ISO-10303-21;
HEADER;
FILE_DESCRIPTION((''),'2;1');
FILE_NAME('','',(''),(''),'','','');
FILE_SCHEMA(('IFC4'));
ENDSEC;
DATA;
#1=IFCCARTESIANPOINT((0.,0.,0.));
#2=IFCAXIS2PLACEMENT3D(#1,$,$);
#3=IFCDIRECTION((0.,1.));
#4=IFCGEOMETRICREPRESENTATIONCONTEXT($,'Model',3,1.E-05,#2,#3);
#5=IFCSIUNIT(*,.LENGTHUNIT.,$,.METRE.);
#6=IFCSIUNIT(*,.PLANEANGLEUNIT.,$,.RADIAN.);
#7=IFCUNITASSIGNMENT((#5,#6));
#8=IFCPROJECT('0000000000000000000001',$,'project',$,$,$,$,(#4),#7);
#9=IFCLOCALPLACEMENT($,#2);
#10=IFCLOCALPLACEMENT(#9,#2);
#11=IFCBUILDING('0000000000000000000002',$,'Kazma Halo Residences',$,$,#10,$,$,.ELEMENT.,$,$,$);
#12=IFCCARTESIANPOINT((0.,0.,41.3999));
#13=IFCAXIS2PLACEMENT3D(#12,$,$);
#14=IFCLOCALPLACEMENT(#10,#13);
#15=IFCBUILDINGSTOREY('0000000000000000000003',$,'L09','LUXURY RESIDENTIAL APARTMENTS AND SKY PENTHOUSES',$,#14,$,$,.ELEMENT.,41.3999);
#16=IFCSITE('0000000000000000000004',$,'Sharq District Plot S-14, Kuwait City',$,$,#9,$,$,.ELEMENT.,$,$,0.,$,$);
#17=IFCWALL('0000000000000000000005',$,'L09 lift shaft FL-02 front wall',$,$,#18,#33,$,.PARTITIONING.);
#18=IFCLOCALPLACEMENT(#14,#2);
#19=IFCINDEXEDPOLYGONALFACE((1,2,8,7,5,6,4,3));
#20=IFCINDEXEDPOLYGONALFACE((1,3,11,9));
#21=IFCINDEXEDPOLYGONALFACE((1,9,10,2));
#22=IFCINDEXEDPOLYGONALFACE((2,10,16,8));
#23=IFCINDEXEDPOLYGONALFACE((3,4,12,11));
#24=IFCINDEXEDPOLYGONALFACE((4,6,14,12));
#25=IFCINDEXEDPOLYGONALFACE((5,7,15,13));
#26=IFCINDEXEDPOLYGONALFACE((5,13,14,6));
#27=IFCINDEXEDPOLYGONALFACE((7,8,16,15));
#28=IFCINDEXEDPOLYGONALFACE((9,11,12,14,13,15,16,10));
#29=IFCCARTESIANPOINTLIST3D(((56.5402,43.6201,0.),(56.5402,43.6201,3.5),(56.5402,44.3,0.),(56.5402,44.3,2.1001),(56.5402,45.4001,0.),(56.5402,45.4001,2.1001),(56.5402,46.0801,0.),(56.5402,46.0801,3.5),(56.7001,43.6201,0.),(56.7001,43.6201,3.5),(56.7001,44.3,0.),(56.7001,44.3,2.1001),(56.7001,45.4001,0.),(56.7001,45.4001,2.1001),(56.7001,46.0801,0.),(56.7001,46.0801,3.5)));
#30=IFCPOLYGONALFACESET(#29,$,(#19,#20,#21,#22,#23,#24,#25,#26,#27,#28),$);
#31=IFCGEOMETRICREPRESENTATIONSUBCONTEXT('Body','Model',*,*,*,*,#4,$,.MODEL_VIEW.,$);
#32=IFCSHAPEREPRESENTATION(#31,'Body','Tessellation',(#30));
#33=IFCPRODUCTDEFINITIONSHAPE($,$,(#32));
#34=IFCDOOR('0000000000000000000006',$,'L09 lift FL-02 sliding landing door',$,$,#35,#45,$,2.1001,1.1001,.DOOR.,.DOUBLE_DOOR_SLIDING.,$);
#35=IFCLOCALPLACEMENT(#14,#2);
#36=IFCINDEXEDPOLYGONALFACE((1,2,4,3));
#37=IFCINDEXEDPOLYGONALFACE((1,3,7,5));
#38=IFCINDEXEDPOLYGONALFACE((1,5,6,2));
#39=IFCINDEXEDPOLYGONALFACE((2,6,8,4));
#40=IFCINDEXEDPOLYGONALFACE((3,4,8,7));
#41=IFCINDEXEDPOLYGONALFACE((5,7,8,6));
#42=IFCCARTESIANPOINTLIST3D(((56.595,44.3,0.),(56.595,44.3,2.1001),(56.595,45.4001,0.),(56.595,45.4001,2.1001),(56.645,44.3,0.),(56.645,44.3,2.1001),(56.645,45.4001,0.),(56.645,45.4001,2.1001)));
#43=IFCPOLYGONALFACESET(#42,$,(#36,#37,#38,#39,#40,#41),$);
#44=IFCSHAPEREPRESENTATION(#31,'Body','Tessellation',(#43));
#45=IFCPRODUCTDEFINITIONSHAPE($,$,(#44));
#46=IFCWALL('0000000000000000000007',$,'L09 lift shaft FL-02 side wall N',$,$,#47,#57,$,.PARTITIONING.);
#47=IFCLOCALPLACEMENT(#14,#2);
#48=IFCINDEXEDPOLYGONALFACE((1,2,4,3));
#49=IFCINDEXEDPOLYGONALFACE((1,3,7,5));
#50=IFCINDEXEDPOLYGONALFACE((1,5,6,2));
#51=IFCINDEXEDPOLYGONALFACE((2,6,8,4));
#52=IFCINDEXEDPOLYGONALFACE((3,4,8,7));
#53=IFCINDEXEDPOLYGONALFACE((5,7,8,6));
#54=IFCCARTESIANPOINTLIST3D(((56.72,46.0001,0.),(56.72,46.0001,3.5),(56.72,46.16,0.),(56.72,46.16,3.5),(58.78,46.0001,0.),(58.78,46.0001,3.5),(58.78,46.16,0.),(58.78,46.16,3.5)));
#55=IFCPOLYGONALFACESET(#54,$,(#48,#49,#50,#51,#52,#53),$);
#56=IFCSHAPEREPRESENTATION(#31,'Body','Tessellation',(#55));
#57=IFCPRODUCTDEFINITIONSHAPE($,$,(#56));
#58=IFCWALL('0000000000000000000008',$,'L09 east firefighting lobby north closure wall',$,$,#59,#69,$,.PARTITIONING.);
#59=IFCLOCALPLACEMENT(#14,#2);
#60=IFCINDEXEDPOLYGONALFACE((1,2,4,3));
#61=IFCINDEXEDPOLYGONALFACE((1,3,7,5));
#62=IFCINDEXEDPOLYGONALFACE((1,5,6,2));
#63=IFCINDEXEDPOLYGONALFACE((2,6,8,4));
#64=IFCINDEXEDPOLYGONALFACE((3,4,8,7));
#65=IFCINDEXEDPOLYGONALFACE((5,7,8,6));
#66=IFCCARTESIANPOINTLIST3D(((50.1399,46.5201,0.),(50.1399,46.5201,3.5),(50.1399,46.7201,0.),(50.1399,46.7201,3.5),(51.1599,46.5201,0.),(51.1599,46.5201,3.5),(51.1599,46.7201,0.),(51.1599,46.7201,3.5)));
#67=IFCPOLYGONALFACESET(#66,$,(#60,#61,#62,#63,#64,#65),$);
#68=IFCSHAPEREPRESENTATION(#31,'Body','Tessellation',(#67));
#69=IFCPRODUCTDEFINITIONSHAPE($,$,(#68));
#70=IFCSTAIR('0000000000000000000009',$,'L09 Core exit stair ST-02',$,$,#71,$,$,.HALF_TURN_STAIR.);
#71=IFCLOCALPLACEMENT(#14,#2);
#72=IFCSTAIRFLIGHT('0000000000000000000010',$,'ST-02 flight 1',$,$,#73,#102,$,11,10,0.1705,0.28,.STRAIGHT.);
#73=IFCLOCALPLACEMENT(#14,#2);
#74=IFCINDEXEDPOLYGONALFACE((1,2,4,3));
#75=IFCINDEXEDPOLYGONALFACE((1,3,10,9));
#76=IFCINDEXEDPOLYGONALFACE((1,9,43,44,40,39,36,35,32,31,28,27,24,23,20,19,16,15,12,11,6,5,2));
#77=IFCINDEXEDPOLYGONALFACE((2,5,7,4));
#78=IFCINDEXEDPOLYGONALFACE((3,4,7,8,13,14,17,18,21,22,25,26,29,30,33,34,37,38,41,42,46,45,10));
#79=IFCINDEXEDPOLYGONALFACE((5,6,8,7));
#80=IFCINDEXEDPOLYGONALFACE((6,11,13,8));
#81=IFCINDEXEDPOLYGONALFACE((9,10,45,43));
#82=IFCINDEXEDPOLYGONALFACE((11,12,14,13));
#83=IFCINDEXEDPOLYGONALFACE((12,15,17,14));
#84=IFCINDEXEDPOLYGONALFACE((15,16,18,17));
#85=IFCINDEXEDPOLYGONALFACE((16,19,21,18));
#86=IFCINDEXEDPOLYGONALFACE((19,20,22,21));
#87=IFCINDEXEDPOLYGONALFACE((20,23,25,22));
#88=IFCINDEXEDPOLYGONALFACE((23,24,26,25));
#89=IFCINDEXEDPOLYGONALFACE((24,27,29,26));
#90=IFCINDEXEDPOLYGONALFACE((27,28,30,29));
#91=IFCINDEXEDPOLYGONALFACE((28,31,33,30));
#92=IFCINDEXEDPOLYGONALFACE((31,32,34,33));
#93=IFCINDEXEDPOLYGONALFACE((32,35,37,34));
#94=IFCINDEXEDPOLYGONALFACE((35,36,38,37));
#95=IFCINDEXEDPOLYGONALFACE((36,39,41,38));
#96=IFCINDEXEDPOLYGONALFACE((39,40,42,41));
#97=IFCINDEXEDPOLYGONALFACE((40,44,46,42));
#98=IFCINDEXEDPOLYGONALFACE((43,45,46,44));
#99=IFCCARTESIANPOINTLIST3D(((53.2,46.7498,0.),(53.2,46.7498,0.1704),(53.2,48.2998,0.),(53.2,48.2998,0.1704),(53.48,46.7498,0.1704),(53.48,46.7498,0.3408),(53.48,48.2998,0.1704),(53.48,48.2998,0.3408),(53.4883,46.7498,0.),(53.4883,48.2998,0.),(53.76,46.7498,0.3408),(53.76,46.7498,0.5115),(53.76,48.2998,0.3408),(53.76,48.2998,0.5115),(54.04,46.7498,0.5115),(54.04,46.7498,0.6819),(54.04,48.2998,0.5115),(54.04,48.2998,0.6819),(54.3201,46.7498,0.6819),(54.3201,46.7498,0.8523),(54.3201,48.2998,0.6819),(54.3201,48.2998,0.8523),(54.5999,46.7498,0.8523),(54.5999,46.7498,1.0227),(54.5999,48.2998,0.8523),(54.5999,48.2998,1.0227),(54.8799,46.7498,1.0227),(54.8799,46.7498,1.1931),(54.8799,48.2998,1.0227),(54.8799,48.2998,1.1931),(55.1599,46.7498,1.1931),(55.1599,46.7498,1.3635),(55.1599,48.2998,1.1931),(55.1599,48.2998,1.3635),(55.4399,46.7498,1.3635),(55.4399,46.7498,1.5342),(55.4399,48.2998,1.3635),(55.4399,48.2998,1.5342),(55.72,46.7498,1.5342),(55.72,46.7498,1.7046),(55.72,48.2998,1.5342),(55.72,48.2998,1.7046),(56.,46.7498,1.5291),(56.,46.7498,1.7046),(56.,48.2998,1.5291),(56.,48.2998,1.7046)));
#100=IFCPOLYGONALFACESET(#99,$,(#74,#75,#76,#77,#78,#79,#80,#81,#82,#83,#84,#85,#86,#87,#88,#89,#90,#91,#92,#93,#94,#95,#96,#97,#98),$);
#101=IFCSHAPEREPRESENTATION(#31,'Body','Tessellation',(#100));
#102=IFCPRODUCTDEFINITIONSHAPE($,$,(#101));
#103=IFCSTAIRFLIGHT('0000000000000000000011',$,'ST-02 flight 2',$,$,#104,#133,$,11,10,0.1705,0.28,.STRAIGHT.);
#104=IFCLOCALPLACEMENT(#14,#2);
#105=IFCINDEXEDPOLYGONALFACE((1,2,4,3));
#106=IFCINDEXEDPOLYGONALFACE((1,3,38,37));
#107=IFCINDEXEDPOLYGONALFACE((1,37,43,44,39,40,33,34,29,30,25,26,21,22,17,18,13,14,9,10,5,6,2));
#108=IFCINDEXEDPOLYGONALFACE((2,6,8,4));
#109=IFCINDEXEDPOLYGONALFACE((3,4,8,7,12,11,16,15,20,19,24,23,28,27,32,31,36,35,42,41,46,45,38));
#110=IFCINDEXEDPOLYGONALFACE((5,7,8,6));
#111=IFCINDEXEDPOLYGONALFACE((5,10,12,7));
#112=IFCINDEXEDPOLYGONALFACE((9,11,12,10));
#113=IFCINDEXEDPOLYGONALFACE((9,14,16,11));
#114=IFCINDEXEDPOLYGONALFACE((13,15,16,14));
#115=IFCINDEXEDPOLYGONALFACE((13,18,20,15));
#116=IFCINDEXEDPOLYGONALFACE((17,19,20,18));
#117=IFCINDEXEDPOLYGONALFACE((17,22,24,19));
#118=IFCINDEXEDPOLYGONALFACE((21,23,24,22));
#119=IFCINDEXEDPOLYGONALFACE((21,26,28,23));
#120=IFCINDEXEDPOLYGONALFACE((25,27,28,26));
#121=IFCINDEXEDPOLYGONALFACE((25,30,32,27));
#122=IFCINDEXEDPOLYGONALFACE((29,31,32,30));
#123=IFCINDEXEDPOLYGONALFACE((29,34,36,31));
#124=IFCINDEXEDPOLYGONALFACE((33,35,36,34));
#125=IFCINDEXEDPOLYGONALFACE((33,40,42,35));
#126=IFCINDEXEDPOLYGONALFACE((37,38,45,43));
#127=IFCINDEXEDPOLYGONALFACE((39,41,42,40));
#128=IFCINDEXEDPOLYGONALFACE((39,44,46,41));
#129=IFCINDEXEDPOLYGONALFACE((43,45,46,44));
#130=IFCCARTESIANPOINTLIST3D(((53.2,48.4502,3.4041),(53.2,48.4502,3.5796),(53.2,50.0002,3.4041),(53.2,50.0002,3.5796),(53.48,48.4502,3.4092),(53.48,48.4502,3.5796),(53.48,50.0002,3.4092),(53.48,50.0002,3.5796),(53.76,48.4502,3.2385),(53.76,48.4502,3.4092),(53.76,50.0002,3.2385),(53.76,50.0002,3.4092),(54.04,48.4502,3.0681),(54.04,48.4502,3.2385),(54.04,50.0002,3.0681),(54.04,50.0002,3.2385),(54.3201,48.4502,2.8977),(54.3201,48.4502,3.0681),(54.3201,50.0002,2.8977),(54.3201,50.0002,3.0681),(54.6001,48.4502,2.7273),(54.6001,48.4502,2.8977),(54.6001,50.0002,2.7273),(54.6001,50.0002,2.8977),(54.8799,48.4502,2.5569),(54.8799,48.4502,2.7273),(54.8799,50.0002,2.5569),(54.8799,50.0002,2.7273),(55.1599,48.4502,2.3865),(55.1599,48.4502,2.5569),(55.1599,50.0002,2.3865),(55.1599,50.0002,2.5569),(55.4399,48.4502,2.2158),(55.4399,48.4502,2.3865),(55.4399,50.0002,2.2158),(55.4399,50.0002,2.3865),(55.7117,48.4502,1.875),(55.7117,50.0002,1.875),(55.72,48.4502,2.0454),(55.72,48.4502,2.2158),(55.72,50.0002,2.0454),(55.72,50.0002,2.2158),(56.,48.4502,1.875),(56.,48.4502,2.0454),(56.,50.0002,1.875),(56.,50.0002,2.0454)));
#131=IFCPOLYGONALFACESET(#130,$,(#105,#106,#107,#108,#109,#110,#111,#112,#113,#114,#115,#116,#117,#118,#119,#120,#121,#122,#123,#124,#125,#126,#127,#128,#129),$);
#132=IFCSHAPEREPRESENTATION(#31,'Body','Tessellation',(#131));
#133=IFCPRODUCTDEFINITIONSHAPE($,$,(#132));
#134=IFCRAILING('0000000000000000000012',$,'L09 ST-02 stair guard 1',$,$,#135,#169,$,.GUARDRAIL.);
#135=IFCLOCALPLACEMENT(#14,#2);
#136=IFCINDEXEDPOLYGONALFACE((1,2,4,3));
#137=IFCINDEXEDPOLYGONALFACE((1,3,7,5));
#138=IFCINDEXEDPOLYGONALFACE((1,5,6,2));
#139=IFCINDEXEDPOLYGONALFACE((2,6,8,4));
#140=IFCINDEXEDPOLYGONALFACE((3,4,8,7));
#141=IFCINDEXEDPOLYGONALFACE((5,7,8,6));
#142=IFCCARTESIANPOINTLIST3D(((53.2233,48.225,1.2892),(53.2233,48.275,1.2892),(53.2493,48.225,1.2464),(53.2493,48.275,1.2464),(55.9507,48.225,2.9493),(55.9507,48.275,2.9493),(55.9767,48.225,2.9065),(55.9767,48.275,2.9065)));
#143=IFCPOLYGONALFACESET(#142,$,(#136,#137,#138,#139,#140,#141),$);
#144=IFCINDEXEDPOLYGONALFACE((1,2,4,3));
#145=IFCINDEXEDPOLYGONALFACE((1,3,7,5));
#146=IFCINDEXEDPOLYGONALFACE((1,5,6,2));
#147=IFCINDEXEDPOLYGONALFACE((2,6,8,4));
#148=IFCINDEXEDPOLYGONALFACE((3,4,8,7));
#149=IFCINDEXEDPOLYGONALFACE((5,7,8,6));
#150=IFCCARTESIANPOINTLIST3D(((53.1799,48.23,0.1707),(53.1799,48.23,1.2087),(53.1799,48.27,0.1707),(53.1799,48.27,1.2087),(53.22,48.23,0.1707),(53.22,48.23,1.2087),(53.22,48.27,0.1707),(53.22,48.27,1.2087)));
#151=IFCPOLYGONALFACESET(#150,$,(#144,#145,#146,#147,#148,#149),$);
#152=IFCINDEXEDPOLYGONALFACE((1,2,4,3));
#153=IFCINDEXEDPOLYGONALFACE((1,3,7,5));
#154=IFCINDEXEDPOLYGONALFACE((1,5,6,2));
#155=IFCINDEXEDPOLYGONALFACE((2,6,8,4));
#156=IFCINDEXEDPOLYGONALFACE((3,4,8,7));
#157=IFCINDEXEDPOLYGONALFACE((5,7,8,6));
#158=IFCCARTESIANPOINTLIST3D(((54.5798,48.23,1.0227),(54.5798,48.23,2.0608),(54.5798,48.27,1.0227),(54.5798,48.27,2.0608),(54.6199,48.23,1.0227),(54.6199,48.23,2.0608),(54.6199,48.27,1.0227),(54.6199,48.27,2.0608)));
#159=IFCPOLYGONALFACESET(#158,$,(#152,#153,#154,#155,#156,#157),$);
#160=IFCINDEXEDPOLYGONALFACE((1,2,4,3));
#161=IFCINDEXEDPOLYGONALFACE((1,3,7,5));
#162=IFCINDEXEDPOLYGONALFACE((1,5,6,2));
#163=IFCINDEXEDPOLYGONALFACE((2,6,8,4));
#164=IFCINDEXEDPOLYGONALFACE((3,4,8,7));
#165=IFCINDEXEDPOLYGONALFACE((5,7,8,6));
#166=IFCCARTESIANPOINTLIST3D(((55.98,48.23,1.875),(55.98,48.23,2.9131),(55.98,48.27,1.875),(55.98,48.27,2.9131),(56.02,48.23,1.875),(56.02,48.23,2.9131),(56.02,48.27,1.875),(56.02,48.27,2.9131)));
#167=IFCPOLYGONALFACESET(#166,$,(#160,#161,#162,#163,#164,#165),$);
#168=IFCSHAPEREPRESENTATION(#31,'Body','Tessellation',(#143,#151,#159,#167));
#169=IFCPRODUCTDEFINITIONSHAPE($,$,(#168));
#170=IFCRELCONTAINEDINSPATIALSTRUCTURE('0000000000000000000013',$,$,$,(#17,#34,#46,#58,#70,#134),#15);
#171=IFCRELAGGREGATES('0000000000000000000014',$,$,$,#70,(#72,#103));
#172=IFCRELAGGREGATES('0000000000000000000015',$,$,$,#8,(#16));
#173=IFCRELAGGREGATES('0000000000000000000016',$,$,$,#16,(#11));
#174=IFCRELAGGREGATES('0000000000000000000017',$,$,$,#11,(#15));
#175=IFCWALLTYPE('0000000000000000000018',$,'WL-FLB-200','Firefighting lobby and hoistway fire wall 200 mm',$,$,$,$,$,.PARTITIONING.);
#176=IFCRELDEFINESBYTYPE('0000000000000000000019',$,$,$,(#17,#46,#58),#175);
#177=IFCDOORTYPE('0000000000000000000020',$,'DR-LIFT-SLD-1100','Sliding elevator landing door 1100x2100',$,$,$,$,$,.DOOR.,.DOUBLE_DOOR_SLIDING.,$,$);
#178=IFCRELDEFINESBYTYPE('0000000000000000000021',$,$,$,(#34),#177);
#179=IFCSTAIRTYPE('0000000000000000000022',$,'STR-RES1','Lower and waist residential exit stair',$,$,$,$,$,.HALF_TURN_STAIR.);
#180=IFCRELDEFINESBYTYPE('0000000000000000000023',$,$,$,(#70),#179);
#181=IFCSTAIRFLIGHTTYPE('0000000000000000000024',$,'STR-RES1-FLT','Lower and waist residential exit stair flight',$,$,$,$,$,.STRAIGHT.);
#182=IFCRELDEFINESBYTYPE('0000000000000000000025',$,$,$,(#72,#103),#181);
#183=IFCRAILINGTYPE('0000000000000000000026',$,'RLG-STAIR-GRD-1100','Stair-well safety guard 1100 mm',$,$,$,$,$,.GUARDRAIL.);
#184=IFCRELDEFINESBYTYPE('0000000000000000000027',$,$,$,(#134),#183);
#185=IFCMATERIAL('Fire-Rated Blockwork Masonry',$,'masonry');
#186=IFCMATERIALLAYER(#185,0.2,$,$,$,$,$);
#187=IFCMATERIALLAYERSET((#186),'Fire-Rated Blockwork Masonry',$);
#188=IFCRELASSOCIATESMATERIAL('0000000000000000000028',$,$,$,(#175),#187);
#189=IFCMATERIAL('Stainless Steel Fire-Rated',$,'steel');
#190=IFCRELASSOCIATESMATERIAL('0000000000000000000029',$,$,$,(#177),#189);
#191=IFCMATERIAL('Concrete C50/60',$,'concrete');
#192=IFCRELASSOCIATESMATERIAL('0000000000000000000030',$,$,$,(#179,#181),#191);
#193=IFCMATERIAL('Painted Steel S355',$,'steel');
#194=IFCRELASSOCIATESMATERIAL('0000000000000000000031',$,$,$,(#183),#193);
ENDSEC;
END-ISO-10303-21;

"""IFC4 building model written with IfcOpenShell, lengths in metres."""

from ifc_helpers import new_model, si_unit, direction, frame, frame_2d, origin, origin_2d, place, context, subcontext, project, spatial, polyline, rectangle, outline, extrude, material, layer, layer_set, type_object, element, fill, aggregate, save


model = new_model("IFC4")

# Units and contexts
model_context = context("Model", 3, precision=1e-05, world=origin(), true_north=direction((0.0, 1.0)))
body_context = subcontext(model_context, "Body", "Model", "MODEL_VIEW")
ifc_project = project(units=[si_unit("LENGTHUNIT", "METRE"), si_unit("PLANEANGLEUNIT", "RADIAN")], contexts=[model_context])

# Site, building, storey
site_placement = place(None, origin())
site = spatial("IfcSite", under=ifc_project, at=site_placement, Name="Sharq District Plot S-14, Kuwait City", CompositionType="ELEMENT", RefElevation=0.0)
building_placement = place(site_placement, origin())
building = spatial("IfcBuilding", under=site, at=building_placement, Name="Kazma Halo Residences", CompositionType="ELEMENT")
storey_placement = place(building_placement, frame((0.0, 0.0, 41.3999)))
storey = spatial("IfcBuildingStorey", under=building, at=storey_placement, Name="L09", Description="LUXURY RESIDENTIAL APARTMENTS AND SKY PENTHOUSES", CompositionType="ELEMENT", Elevation=41.3999)

# Wall, opening, door
ifc_material_1 = material(Name="Fire-Rated Blockwork Masonry", Category="masonry")
ifc_layer_1 = layer(ifc_material_1, 0.2)
ifc_layer_set_1 = layer_set([ifc_layer_1], Name="Fire-Rated Blockwork Masonry")
wall_type_1 = type_object("IfcWallType", Name="WL-FLB-200", Description="Firefighting lobby and hoistway fire wall 200 mm", PredefinedType="PARTITIONING", material=ifc_layer_set_1)
wall_1_placement = place(storey_placement, frame((56.6201, 46.0801, 0.0), z_axis=(0.0, 0.0, 1.0), x_axis=(0.0, -1.0, 0.0)))
wall_1 = element("IfcWall", 1, at=wall_1_placement, inside=storey, type_object=wall_type_1, Name="L09 lift shaft FL-02 front wall", PredefinedType="PARTITIONING", context=body_context, shape_type="SweptSolid", body=[
    extrude(rectangle(XDim=2.46, YDim=0.1599, at=frame_2d((1.23, 0.0))), origin(), (0.0, 0.0, 1.0), 3.5),
])
opening_1_placement = place(wall_1_placement, frame((0.6799, 0.0, 0.0)))
opening_1 = element("IfcOpeningElement", 2, at=opening_1_placement, cuts=wall_1, PredefinedType="OPENING", context=body_context, shape_type="SweptSolid", body=[
    extrude(rectangle(XDim=1.1001, YDim=2.1001, at=frame_2d((0.55, 1.05))), frame((0.0, 0.0898, 0.0), z_axis=(0.0, -1.0, 0.0), x_axis=(1.0, 0.0, 0.0)), (0.0, 0.0, 1.0), 0.1799),
])
ifc_material_2 = material(Name="Stainless Steel Fire-Rated", Category="steel")
door_type_1 = type_object("IfcDoorType", Name="DR-LIFT-SLD-1100", Description="Sliding elevator landing door 1100x2100", OperationType="DOUBLE_DOOR_SLIDING", PredefinedType="DOOR", material=ifc_material_2)
door_1_placement = place(opening_1_placement, origin())
door_1 = element("IfcDoor", 3, at=door_1_placement, inside=storey, type_object=door_type_1, Name="L09 lift FL-02 sliding landing door", OperationType="DOUBLE_DOOR_SLIDING", OverallHeight=2.1001, OverallWidth=1.1001, PredefinedType="DOOR", context=body_context, shape_type="SweptSolid", body=[
    extrude(rectangle(XDim=1.1001, YDim=2.1001, at=frame_2d((0.55, 1.05))), frame((0.0, 0.0249, 0.0), z_axis=(0.0, -1.0, 0.0), x_axis=(1.0, 0.0, 0.0)), (0.0, 0.0, 1.0), 0.05),
])
fill(opening_1, door_1)

# Walls
wall_2_placement = place(storey_placement, frame((56.72, 46.0801, 0.0), z_axis=(0.0, 0.0, 1.0), x_axis=(1.0, 0.0, 0.0)))
element("IfcWall", 4, at=wall_2_placement, inside=storey, type_object=wall_type_1, Name="L09 lift shaft FL-02 side wall N", PredefinedType="PARTITIONING", context=body_context, shape_type="SweptSolid", body=[
    extrude(rectangle(XDim=2.0601, YDim=0.1599, at=frame_2d((1.03, 0.0))), origin(), (0.0, 0.0, 1.0), 3.5),
])
wall_3_placement = place(storey_placement, frame((50.1399, 46.6201, 0.0), z_axis=(0.0, 0.0, 1.0), x_axis=(1.0, 0.0, 0.0)))
element("IfcWall", 5, at=wall_3_placement, inside=storey, type_object=wall_type_1, Name="L09 east firefighting lobby north closure wall", PredefinedType="PARTITIONING", context=body_context, shape_type="SweptSolid", body=[
    extrude(rectangle(XDim=1.02, YDim=0.2, at=frame_2d((0.51, 0.0))), origin(), (0.0, 0.0, 1.0), 3.5),
])

# Shared definitions
ifc_material_3 = material(Name="Concrete C50/60", Category="concrete")

# Stair, stair flights
stair_type = type_object("IfcStairType", Name="STR-RES1", Description="Lower and waist residential exit stair", PredefinedType="HALF_TURN_STAIR", material=ifc_material_3)
stair_placement = place(storey_placement, origin())
stair = element("IfcStair", 6, at=stair_placement, inside=storey, type_object=stair_type, Name="L09 Core exit stair ST-02", PredefinedType="HALF_TURN_STAIR")
stair_flight_type = type_object("IfcStairFlightType", Name="STR-RES1-FLT", Description="Lower and waist residential exit stair flight", PredefinedType="STRAIGHT", material=ifc_material_3)
stair_flight_1_placement = place(storey_placement, frame((53.2, 47.5249, 0.0), z_axis=(0.0, 0.0, 1.0), x_axis=(1.0, 0.0, 0.0)))
stair_flight_1 = element("IfcStairFlight", 7, at=stair_flight_1_placement, type_object=stair_flight_type, Name="ST-02 flight 1", NumberOfRisers=11, NumberOfTreads=10, PredefinedType="STRAIGHT", RiserHeight=0.1705, TreadLength=0.28, context=body_context, shape_type="SweptSolid", body=[
    extrude(outline(polyline([(0.0, 0.0), (0.0, 0.1704), (0.28, 0.1704), (0.28, 0.3408), (0.5601, 0.3408), (0.5601, 0.5115), (0.8401, 0.5115), (0.8401, 0.6819), (1.1201, 0.6819), (1.1201, 0.8523), (1.3999, 0.8523), (1.3999, 1.0227), (1.6799, 1.0227), (1.6799, 1.1931), (1.96, 1.1931), (1.96, 1.3635), (2.24, 1.3635), (2.24, 1.5342), (2.52, 1.5342), (2.52, 1.7046), (2.8, 1.7046), (2.8, 1.875), (2.8, 1.5291), (0.2883, 0.0), (0.0, 0.0)])), frame((0.0, 0.7749, 0.0), z_axis=(0.0, -1.0, 0.0), x_axis=(1.0, 0.0, 0.0)), (0.0, 0.0, 1.0), 1.55),
])
stair_flight_2_placement = place(storey_placement, frame((56.0, 49.2251, 1.875), z_axis=(0.0, 0.0, 1.0), x_axis=(-1.0, 0.0, 0.0)))
stair_flight_2 = element("IfcStairFlight", 8, at=stair_flight_2_placement, type_object=stair_flight_type, Name="ST-02 flight 2", NumberOfRisers=11, NumberOfTreads=10, PredefinedType="STRAIGHT", RiserHeight=0.1705, TreadLength=0.28, context=body_context, shape_type="SweptSolid", body=[
    extrude(outline(polyline([(0.0, 0.0), (0.0, 0.1704), (0.28, 0.1704), (0.28, 0.3408), (0.5601, 0.3408), (0.5601, 0.5115), (0.8401, 0.5115), (0.8401, 0.6819), (1.1201, 0.6819), (1.1201, 0.8523), (1.3999, 0.8523), (1.3999, 1.0227), (1.6799, 1.0227), (1.6799, 1.1931), (1.96, 1.1931), (1.96, 1.3635), (2.24, 1.3635), (2.24, 1.5342), (2.52, 1.5342), (2.52, 1.7046), (2.8, 1.7046), (2.8, 1.875), (2.8, 1.5291), (0.2883, 0.0), (0.0, 0.0)])), frame((0.0, 0.7749, 0.0), z_axis=(0.0, -1.0, 0.0), x_axis=(1.0, 0.0, 0.0)), (0.0, 0.0, 1.0), 1.55),
])
aggregate(stair, [stair_flight_1, stair_flight_2])

# Railing
ifc_material_4 = material(Name="Painted Steel S355", Category="steel")
railing_type_1 = type_object("IfcRailingType", Name="RLG-STAIR-GRD-1100", Description="Stair-well safety guard 1100 mm", PredefinedType="GUARDRAIL", material=ifc_material_4)
railing_1_placement = place(storey_placement, frame((53.2, 48.25, 0.1707)))
element("IfcRailing", 9, at=railing_1_placement, inside=storey, type_object=railing_type_1, Name="L09 ST-02 stair guard 1", PredefinedType="GUARDRAIL", context=body_context, shape_type="SweptSolid", body=[
    extrude(rectangle(XDim=0.05, YDim=0.05, at=origin_2d()), frame((0.0364, 0.0, 1.0972), z_axis=(0.854203, 0.0, 0.51994), x_axis=(0.0, 1.0, 0.0)), (0.0, 0.0, 1.0), 3.1929),
    extrude(rectangle(XDim=0.04, YDim=0.04, at=origin_2d()), origin(), (0.0, 0.0, 1.0), 1.0381),
    extrude(rectangle(XDim=0.04, YDim=0.04, at=origin_2d()), frame((1.3999, 0.0, 0.8521)), (0.0, 0.0, 1.0), 1.0381),
    extrude(rectangle(XDim=0.04, YDim=0.04, at=origin_2d()), frame((2.8, 0.0, 1.7043)), (0.0, 0.0, 1.0), 1.0381),
])

save(model, "model.ifc")
